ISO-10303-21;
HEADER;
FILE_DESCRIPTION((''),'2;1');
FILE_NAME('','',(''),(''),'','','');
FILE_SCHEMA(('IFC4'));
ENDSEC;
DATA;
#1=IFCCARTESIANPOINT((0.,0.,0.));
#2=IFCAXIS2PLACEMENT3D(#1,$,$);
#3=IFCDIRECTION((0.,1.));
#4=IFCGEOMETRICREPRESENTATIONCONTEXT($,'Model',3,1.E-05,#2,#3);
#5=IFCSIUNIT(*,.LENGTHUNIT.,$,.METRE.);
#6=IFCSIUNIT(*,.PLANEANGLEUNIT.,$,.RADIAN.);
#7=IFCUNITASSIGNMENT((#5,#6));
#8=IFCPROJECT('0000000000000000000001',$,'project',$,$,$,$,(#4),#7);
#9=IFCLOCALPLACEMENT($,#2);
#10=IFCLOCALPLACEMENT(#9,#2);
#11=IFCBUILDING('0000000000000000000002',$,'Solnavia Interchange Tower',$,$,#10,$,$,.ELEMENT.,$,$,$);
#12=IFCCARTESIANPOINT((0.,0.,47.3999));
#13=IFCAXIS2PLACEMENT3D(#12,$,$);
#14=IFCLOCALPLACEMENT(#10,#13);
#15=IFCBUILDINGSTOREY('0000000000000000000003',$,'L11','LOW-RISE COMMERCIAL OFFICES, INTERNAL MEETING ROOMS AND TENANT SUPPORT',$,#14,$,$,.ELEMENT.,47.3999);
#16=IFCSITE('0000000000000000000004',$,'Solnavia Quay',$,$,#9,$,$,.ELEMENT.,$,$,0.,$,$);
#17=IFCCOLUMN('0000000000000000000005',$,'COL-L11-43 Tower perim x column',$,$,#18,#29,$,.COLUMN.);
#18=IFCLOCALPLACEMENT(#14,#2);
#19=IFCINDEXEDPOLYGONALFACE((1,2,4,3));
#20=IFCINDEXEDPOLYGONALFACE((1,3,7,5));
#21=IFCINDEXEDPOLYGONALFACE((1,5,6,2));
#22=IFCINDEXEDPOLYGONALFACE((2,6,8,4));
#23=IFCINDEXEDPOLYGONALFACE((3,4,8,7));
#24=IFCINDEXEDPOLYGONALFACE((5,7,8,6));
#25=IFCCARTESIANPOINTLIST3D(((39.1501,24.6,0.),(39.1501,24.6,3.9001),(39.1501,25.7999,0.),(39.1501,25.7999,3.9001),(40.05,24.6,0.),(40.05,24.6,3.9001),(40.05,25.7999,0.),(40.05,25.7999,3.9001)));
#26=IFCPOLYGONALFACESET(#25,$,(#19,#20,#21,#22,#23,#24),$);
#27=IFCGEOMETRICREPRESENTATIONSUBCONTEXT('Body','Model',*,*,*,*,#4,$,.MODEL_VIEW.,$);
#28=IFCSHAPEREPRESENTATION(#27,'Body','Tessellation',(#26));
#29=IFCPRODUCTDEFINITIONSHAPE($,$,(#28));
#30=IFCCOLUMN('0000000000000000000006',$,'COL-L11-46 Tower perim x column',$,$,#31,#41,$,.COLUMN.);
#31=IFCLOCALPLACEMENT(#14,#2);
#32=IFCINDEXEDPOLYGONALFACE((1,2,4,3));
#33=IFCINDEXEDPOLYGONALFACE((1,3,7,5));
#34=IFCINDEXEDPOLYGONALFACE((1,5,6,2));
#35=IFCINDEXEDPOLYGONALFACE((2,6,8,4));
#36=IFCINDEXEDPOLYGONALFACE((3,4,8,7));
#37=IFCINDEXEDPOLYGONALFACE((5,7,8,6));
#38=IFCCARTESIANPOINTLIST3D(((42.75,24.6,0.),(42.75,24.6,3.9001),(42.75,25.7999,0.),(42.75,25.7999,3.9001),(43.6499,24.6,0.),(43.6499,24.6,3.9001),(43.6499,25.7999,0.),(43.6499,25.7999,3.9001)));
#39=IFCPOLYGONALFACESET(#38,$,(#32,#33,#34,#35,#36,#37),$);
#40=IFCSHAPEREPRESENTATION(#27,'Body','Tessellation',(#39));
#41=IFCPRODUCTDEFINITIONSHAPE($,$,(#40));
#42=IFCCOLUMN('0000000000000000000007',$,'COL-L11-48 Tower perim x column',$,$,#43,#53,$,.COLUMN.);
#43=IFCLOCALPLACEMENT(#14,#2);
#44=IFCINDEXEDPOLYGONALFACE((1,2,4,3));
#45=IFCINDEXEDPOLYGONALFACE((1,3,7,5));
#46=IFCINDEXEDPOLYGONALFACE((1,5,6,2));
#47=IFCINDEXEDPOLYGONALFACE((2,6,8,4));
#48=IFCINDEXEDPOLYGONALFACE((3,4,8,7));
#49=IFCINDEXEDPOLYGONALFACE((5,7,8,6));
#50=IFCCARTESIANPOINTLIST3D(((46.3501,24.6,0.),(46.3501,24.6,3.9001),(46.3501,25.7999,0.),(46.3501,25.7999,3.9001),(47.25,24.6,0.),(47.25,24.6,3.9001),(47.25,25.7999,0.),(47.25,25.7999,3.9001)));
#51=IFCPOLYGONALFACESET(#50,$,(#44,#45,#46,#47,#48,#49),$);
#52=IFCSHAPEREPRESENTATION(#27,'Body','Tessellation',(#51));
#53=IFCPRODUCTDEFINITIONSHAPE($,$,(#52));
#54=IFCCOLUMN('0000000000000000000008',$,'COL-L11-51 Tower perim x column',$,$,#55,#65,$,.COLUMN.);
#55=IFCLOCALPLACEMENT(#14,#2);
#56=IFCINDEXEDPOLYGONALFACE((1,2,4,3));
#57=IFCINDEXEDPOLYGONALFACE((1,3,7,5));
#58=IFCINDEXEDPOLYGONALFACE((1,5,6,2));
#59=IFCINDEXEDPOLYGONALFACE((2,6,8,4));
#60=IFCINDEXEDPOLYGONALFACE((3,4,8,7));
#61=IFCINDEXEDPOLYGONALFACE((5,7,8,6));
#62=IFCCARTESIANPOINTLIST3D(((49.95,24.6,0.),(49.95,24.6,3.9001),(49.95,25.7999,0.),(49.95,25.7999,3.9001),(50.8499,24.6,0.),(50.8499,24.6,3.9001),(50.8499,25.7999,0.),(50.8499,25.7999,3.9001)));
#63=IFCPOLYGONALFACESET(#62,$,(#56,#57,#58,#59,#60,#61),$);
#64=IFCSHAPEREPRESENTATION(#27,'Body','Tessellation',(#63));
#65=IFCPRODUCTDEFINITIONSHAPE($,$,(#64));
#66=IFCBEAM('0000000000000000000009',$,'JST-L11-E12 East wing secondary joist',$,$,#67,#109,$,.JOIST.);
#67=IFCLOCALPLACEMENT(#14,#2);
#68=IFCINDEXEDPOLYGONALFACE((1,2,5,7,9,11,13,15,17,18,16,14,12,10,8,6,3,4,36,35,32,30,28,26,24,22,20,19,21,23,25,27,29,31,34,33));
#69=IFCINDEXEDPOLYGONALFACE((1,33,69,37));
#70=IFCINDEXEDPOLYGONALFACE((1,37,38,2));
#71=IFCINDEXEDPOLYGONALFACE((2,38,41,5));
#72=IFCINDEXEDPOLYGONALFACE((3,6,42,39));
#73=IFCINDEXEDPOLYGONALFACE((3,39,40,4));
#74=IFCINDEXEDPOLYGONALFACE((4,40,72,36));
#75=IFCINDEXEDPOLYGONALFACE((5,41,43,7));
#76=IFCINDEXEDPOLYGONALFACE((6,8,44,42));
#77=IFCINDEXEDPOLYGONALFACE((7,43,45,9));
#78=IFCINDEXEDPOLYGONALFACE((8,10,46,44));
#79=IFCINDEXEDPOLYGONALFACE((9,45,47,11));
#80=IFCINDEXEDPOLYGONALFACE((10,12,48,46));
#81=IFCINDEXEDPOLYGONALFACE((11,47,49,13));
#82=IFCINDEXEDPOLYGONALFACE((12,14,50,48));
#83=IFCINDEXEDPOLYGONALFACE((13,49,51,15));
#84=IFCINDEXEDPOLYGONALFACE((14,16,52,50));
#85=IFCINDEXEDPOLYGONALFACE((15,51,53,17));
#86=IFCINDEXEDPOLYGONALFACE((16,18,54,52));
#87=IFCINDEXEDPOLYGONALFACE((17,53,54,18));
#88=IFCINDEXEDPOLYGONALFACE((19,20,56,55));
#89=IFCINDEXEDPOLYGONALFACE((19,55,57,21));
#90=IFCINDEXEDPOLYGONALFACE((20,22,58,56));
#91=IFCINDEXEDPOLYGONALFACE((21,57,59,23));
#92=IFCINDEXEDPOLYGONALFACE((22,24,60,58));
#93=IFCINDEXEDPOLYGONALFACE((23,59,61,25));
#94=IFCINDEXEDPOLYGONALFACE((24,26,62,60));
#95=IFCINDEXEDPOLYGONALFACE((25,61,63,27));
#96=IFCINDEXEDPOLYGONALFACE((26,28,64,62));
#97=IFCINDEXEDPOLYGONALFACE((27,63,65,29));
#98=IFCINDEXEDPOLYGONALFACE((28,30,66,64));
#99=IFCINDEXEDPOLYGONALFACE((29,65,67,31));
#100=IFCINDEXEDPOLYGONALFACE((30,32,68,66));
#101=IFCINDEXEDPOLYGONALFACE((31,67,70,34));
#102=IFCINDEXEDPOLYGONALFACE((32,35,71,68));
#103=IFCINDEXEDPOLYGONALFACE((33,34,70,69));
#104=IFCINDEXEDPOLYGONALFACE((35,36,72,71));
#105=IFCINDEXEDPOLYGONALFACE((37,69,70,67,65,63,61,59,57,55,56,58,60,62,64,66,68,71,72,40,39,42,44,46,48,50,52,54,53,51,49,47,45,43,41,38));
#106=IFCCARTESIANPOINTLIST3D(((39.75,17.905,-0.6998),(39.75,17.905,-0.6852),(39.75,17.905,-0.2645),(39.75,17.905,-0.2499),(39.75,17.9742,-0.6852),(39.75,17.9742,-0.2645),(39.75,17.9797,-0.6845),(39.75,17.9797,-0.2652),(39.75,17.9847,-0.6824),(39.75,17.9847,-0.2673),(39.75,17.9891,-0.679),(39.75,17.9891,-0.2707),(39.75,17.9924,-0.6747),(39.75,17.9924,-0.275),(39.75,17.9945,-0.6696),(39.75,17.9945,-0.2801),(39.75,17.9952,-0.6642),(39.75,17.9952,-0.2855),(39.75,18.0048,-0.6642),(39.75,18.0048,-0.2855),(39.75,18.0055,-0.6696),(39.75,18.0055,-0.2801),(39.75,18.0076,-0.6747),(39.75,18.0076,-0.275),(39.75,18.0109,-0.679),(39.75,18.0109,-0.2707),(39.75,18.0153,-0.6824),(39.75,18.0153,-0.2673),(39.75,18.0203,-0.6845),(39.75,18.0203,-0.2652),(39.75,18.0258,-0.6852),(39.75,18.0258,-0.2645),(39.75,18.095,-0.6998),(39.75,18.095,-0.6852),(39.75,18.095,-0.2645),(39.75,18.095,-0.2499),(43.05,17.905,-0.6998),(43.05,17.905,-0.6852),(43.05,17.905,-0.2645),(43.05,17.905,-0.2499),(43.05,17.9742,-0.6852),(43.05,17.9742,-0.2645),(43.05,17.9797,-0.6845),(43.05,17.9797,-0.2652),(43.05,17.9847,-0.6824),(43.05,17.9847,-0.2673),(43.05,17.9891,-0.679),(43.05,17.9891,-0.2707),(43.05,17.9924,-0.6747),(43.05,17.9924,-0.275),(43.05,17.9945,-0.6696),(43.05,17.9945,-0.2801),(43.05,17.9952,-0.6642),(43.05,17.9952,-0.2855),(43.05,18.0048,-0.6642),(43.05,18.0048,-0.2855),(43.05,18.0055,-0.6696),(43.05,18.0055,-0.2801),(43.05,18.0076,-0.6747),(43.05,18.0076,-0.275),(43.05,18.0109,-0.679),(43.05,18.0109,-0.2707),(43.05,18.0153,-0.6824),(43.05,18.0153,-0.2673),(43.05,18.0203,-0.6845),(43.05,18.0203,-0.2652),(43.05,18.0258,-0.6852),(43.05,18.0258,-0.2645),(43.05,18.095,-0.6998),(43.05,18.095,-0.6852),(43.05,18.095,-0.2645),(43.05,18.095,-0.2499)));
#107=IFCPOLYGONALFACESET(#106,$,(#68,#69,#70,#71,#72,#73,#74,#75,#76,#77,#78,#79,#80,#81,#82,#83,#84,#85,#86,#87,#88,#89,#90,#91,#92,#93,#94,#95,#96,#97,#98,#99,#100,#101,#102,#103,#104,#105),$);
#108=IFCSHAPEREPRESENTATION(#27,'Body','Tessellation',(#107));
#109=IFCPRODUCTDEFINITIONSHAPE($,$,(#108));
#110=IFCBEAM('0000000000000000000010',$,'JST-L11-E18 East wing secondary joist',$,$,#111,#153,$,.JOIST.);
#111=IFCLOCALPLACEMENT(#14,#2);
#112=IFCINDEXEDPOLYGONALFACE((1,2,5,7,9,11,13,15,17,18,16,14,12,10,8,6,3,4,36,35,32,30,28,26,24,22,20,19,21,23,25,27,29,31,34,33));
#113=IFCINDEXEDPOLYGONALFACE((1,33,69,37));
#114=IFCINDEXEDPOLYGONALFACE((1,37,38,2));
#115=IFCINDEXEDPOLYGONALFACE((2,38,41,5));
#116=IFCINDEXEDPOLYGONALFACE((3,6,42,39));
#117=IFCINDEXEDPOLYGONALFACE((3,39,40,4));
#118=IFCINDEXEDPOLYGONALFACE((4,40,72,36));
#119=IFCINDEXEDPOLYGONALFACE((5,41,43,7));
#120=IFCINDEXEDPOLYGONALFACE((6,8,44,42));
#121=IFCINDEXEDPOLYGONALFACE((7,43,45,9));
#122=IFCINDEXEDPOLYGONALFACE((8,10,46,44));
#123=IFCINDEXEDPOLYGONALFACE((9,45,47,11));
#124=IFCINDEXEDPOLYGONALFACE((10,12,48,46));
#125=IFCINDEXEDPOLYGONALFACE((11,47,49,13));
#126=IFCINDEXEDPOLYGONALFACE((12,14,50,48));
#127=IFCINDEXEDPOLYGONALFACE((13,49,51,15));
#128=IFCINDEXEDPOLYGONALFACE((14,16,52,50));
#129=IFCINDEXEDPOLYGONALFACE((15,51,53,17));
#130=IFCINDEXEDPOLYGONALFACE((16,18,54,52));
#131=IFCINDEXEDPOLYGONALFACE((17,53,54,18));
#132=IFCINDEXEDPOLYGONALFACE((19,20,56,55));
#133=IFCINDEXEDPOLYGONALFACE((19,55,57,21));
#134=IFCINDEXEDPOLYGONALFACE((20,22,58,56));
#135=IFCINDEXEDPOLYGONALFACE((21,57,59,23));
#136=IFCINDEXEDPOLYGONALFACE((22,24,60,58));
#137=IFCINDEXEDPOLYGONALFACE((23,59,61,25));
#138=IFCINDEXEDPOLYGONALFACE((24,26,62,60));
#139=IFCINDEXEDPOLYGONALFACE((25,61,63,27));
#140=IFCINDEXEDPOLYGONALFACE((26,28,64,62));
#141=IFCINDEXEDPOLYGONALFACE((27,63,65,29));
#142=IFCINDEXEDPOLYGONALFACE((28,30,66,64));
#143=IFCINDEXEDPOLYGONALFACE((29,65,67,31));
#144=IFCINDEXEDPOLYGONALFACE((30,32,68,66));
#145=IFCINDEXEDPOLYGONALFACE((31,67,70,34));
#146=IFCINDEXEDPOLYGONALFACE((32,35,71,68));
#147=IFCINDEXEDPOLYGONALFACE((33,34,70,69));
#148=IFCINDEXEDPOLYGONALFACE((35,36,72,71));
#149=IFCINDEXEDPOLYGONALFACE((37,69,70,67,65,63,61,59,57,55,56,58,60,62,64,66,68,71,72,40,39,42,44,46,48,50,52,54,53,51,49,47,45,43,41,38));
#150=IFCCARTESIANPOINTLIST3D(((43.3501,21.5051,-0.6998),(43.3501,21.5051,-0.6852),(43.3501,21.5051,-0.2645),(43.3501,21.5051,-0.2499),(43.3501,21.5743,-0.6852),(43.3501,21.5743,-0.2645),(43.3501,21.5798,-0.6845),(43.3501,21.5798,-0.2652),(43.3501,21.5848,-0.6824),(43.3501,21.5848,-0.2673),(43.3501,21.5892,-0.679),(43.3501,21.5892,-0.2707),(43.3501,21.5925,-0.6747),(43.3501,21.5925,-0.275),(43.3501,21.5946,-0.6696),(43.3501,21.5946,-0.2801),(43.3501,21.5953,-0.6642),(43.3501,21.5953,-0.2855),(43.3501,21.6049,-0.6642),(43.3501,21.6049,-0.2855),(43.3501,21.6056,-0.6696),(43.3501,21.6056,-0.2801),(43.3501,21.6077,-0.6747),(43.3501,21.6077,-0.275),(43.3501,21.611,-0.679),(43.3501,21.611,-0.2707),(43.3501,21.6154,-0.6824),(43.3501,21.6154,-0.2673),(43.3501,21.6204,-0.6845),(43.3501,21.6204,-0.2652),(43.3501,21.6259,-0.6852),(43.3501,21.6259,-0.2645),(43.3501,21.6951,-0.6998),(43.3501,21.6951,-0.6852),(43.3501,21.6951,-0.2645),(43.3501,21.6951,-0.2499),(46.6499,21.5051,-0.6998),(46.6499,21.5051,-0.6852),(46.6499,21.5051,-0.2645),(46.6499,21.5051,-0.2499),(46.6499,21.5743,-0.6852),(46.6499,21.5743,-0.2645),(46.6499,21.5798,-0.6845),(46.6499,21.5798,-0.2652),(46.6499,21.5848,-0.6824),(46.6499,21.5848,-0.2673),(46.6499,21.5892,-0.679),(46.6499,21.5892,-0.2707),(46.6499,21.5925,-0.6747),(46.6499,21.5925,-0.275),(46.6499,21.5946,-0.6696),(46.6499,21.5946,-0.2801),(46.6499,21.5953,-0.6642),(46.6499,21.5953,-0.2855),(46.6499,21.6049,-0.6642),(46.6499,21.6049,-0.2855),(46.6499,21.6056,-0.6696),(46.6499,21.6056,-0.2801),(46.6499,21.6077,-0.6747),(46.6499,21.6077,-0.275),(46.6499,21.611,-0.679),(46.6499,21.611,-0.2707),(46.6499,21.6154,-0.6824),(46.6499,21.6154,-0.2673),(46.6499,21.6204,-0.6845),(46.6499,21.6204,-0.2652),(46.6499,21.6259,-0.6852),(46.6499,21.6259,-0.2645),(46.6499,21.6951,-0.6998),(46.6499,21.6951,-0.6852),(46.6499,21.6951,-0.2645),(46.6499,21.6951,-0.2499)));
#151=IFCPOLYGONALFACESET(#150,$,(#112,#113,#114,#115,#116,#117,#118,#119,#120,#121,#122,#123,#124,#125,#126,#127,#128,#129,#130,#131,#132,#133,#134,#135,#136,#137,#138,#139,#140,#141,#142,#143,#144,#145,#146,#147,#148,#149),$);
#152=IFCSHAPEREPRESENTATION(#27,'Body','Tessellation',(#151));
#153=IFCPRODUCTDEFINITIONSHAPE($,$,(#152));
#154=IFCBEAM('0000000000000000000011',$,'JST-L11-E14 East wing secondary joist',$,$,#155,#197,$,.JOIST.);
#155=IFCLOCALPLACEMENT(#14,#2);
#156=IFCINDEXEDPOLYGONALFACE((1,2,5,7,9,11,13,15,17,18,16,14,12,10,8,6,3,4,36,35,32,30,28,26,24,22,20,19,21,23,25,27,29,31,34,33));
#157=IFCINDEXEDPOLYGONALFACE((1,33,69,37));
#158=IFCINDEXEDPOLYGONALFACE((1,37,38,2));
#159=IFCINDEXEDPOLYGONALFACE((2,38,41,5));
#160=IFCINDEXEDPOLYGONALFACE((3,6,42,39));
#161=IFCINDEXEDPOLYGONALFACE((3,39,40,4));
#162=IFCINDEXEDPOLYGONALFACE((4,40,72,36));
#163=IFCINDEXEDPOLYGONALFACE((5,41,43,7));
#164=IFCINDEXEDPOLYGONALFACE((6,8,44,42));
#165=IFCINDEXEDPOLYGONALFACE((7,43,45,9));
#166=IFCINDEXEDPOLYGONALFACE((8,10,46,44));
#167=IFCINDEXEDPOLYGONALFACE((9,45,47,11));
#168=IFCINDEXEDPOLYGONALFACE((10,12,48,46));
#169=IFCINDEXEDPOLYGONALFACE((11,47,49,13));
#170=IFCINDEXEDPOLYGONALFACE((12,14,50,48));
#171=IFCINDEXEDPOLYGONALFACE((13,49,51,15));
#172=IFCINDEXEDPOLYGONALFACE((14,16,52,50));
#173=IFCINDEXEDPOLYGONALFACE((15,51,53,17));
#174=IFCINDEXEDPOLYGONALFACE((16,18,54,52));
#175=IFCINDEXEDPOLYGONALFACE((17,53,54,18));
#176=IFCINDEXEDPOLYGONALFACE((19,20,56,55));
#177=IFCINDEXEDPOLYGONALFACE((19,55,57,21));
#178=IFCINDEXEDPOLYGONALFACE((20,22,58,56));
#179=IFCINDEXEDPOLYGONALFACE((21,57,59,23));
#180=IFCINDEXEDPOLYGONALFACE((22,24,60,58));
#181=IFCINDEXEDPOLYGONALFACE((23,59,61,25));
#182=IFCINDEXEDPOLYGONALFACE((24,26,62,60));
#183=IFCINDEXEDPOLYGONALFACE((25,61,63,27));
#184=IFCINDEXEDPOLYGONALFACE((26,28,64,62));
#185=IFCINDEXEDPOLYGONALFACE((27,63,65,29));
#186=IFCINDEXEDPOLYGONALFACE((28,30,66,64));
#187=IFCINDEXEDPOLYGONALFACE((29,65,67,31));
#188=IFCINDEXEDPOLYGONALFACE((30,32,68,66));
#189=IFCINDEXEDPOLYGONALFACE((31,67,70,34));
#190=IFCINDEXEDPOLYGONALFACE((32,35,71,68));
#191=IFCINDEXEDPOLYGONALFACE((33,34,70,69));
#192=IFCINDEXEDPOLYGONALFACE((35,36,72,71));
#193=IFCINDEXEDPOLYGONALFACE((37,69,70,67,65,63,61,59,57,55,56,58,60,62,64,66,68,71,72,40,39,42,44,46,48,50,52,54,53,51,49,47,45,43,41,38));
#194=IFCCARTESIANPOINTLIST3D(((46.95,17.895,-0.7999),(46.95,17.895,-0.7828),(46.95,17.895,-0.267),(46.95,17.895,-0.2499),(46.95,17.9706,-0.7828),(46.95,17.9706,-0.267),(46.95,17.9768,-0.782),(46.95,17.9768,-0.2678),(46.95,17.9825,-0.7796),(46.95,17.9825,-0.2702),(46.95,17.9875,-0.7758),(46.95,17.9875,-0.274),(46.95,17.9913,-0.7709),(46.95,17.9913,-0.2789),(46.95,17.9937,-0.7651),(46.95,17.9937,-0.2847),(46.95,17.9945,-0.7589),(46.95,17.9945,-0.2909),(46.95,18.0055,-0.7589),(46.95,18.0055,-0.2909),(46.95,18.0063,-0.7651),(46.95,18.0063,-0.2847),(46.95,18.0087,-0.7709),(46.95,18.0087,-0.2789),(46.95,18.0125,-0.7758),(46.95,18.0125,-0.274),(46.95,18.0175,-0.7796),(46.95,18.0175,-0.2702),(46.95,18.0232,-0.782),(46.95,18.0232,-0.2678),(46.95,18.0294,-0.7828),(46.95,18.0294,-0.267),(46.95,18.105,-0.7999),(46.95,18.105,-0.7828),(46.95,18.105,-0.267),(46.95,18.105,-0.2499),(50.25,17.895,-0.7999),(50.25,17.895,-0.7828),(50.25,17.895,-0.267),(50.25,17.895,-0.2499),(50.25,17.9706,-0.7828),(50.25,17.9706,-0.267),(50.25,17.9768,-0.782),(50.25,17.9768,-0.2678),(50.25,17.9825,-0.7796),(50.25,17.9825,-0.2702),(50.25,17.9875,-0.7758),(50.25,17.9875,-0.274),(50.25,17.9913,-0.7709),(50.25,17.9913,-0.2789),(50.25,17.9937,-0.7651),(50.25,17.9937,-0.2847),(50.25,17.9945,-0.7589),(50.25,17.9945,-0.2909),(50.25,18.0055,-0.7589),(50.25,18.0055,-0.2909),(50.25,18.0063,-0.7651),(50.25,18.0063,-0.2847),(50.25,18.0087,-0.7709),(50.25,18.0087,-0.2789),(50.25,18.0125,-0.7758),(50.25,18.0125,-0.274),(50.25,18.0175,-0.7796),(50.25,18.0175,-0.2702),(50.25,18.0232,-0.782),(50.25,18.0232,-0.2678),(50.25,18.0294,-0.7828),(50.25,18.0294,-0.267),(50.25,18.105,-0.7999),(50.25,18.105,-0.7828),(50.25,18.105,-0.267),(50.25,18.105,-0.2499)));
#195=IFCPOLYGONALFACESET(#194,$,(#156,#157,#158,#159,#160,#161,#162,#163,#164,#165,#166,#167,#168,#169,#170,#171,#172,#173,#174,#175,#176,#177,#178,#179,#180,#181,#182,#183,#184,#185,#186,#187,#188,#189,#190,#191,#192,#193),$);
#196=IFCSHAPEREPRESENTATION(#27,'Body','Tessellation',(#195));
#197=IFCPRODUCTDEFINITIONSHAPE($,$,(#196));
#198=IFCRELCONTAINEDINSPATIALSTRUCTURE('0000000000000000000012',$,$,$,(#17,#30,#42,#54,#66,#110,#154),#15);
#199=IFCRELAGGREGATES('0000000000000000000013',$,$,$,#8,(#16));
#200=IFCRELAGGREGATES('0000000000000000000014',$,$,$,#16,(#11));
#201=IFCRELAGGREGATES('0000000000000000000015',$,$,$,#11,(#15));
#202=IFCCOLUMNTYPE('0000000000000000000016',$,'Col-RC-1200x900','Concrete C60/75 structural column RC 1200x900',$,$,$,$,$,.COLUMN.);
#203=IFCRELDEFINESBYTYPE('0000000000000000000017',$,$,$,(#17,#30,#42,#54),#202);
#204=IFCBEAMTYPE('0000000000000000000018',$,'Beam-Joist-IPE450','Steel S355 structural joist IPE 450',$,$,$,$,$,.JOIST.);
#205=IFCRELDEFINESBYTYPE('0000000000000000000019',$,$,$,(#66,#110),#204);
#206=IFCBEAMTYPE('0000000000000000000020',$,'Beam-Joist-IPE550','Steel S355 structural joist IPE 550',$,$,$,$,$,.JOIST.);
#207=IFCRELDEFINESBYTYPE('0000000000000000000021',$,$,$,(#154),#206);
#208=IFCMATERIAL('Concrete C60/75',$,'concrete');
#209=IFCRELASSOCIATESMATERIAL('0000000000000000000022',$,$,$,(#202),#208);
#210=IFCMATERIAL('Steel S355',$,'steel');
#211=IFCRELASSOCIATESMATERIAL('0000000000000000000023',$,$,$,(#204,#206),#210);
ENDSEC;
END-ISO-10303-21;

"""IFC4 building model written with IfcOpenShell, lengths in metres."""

from ifc_helpers import new_model, si_unit, direction, frame, origin, origin_2d, place, context, subcontext, project, spatial, rectangle, i_section, extrude, material, material_profile, profile_set, type_object, element, save


model = new_model("IFC4")

# Units and contexts
model_context = context("Model", 3, precision=1e-05, world=origin(), true_north=direction((0.0, 1.0)))
body_context = subcontext(model_context, "Body", "Model", "MODEL_VIEW")
ifc_project = project(units=[si_unit("LENGTHUNIT", "METRE"), si_unit("PLANEANGLEUNIT", "RADIAN")], contexts=[model_context])

# Site, building, storey
site_placement = place(None, origin())
site = spatial("IfcSite", under=ifc_project, at=site_placement, Name="Solnavia Quay", CompositionType="ELEMENT", RefElevation=0.0)
building_placement = place(site_placement, origin())
building = spatial("IfcBuilding", under=site, at=building_placement, Name="Solnavia Interchange Tower", CompositionType="ELEMENT")
storey_placement = place(building_placement, frame((0.0, 0.0, 47.3999)))
storey = spatial("IfcBuildingStorey", under=building, at=storey_placement, Name="L11", Description="LOW-RISE COMMERCIAL OFFICES, INTERNAL MEETING ROOMS AND TENANT SUPPORT", CompositionType="ELEMENT", Elevation=47.3999)

# Columns
ifc_material_1 = material(Name="Concrete C60/75", Category="concrete")
ifc_material_profile_1 = material_profile(ifc_material_1, rectangle(XDim=0.8999, YDim=1.2, at=origin_2d()), Name="RC 1200x900")
ifc_profile_set_1 = profile_set([ifc_material_profile_1], Name="Concrete C60/75")
column_type = type_object("IfcColumnType", Name="Col-RC-1200x900", Description="Concrete C60/75 structural column RC 1200x900", PredefinedType="COLUMN", material=ifc_profile_set_1)
for number, where, z_axis, x_axis, name in (
    (1, (39.6001, 25.2, 0.0), (0.0, 0.0, 1.0), (1.0, 0.0, 0.0), "COL-L11-43 Tower perim x column"),
    (2, (43.2, 25.2, 0.0), (0.0, 0.0, 1.0), (1.0, 0.0, 0.0), "COL-L11-46 Tower perim x column"),
    (3, (46.8, 25.2, 0.0), (0.0, 0.0, 1.0), (1.0, 0.0, 0.0), "COL-L11-48 Tower perim x column"),
    (4, (50.3999, 25.2, 0.0), (0.0, 0.0, 1.0), (1.0, 0.0, 0.0), "COL-L11-51 Tower perim x column"),
):
    element("IfcColumn", number, at=place(storey_placement, frame(where, z_axis=z_axis, x_axis=x_axis)), inside=storey, type_object=column_type, Name=name, PredefinedType="COLUMN", context=body_context, shape_type="SweptSolid", body=[
        extrude(rectangle(XDim=0.8999, YDim=1.2, at=origin_2d()), origin(), (0.0, 0.0, 1.0), 3.9001),
    ])

# Beams
ifc_material_2 = material(Name="Steel S355", Category="steel")
ifc_material_profile_2 = material_profile(ifc_material_2, i_section(OverallWidth=0.1899, OverallDepth=0.45, WebThickness=0.0095, FlangeThickness=0.0146, FilletRadius=0.021, at=origin_2d()), Name="IPE 450")
ifc_profile_set_2 = profile_set([ifc_material_profile_2], Name="Steel S355")
beam_type_1 = type_object("IfcBeamType", Name="Beam-Joist-IPE450", Description="Steel S355 structural joist IPE 450", PredefinedType="JOIST", material=ifc_profile_set_2)
beam_1_placement = place(storey_placement, frame((39.75, 18.0, -0.4749), z_axis=(1.0, 0.0, 0.0), x_axis=(0.0, 1.0, 0.0)))
element("IfcBeam", 5, at=beam_1_placement, inside=storey, type_object=beam_type_1, Name="JST-L11-E12 East wing secondary joist", PredefinedType="JOIST", context=body_context, shape_type="SweptSolid", body=[
    extrude(i_section(OverallWidth=0.1899, OverallDepth=0.45, WebThickness=0.0095, FlangeThickness=0.0146, FilletRadius=0.021, at=origin_2d()), origin(), (0.0, 0.0, 1.0), 3.3),
])
beam_2_placement = place(storey_placement, frame((43.3501, 21.6001, -0.4749), z_axis=(1.0, 0.0, 0.0), x_axis=(0.0, 1.0, 0.0)))
element("IfcBeam", 6, at=beam_2_placement, inside=storey, type_object=beam_type_1, Name="JST-L11-E18 East wing secondary joist", PredefinedType="JOIST", context=body_context, shape_type="SweptSolid", body=[
    extrude(i_section(OverallWidth=0.1899, OverallDepth=0.45, WebThickness=0.0095, FlangeThickness=0.0146, FilletRadius=0.021, at=origin_2d()), origin(), (0.0, 0.0, 1.0), 3.2998),
])
ifc_material_profile_3 = material_profile(ifc_material_2, i_section(OverallWidth=0.21, OverallDepth=0.55, WebThickness=0.011, FlangeThickness=0.0171, FilletRadius=0.0239, at=origin_2d()), Name="IPE 550")
ifc_profile_set_3 = profile_set([ifc_material_profile_3], Name="Steel S355")
beam_type_2 = type_object("IfcBeamType", Name="Beam-Joist-IPE550", Description="Steel S355 structural joist IPE 550", PredefinedType="JOIST", material=ifc_profile_set_3)
for number, where, z_axis, x_axis, name in (
    (7, (46.95, 18.0, -0.5249), (1.0, 0.0, 0.0), (0.0, 1.0, 0.0), "JST-L11-E14 East wing secondary joist"),
):
    element("IfcBeam", number, at=place(storey_placement, frame(where, z_axis=z_axis, x_axis=x_axis)), inside=storey, type_object=beam_type_2, Name=name, PredefinedType="JOIST", context=body_context, shape_type="SweptSolid", body=[
        extrude(i_section(OverallWidth=0.21, OverallDepth=0.55, WebThickness=0.011, FlangeThickness=0.0171, FilletRadius=0.0239, at=origin_2d()), origin(), (0.0, 0.0, 1.0), 3.3),
    ])

save(model, "model.ifc")
